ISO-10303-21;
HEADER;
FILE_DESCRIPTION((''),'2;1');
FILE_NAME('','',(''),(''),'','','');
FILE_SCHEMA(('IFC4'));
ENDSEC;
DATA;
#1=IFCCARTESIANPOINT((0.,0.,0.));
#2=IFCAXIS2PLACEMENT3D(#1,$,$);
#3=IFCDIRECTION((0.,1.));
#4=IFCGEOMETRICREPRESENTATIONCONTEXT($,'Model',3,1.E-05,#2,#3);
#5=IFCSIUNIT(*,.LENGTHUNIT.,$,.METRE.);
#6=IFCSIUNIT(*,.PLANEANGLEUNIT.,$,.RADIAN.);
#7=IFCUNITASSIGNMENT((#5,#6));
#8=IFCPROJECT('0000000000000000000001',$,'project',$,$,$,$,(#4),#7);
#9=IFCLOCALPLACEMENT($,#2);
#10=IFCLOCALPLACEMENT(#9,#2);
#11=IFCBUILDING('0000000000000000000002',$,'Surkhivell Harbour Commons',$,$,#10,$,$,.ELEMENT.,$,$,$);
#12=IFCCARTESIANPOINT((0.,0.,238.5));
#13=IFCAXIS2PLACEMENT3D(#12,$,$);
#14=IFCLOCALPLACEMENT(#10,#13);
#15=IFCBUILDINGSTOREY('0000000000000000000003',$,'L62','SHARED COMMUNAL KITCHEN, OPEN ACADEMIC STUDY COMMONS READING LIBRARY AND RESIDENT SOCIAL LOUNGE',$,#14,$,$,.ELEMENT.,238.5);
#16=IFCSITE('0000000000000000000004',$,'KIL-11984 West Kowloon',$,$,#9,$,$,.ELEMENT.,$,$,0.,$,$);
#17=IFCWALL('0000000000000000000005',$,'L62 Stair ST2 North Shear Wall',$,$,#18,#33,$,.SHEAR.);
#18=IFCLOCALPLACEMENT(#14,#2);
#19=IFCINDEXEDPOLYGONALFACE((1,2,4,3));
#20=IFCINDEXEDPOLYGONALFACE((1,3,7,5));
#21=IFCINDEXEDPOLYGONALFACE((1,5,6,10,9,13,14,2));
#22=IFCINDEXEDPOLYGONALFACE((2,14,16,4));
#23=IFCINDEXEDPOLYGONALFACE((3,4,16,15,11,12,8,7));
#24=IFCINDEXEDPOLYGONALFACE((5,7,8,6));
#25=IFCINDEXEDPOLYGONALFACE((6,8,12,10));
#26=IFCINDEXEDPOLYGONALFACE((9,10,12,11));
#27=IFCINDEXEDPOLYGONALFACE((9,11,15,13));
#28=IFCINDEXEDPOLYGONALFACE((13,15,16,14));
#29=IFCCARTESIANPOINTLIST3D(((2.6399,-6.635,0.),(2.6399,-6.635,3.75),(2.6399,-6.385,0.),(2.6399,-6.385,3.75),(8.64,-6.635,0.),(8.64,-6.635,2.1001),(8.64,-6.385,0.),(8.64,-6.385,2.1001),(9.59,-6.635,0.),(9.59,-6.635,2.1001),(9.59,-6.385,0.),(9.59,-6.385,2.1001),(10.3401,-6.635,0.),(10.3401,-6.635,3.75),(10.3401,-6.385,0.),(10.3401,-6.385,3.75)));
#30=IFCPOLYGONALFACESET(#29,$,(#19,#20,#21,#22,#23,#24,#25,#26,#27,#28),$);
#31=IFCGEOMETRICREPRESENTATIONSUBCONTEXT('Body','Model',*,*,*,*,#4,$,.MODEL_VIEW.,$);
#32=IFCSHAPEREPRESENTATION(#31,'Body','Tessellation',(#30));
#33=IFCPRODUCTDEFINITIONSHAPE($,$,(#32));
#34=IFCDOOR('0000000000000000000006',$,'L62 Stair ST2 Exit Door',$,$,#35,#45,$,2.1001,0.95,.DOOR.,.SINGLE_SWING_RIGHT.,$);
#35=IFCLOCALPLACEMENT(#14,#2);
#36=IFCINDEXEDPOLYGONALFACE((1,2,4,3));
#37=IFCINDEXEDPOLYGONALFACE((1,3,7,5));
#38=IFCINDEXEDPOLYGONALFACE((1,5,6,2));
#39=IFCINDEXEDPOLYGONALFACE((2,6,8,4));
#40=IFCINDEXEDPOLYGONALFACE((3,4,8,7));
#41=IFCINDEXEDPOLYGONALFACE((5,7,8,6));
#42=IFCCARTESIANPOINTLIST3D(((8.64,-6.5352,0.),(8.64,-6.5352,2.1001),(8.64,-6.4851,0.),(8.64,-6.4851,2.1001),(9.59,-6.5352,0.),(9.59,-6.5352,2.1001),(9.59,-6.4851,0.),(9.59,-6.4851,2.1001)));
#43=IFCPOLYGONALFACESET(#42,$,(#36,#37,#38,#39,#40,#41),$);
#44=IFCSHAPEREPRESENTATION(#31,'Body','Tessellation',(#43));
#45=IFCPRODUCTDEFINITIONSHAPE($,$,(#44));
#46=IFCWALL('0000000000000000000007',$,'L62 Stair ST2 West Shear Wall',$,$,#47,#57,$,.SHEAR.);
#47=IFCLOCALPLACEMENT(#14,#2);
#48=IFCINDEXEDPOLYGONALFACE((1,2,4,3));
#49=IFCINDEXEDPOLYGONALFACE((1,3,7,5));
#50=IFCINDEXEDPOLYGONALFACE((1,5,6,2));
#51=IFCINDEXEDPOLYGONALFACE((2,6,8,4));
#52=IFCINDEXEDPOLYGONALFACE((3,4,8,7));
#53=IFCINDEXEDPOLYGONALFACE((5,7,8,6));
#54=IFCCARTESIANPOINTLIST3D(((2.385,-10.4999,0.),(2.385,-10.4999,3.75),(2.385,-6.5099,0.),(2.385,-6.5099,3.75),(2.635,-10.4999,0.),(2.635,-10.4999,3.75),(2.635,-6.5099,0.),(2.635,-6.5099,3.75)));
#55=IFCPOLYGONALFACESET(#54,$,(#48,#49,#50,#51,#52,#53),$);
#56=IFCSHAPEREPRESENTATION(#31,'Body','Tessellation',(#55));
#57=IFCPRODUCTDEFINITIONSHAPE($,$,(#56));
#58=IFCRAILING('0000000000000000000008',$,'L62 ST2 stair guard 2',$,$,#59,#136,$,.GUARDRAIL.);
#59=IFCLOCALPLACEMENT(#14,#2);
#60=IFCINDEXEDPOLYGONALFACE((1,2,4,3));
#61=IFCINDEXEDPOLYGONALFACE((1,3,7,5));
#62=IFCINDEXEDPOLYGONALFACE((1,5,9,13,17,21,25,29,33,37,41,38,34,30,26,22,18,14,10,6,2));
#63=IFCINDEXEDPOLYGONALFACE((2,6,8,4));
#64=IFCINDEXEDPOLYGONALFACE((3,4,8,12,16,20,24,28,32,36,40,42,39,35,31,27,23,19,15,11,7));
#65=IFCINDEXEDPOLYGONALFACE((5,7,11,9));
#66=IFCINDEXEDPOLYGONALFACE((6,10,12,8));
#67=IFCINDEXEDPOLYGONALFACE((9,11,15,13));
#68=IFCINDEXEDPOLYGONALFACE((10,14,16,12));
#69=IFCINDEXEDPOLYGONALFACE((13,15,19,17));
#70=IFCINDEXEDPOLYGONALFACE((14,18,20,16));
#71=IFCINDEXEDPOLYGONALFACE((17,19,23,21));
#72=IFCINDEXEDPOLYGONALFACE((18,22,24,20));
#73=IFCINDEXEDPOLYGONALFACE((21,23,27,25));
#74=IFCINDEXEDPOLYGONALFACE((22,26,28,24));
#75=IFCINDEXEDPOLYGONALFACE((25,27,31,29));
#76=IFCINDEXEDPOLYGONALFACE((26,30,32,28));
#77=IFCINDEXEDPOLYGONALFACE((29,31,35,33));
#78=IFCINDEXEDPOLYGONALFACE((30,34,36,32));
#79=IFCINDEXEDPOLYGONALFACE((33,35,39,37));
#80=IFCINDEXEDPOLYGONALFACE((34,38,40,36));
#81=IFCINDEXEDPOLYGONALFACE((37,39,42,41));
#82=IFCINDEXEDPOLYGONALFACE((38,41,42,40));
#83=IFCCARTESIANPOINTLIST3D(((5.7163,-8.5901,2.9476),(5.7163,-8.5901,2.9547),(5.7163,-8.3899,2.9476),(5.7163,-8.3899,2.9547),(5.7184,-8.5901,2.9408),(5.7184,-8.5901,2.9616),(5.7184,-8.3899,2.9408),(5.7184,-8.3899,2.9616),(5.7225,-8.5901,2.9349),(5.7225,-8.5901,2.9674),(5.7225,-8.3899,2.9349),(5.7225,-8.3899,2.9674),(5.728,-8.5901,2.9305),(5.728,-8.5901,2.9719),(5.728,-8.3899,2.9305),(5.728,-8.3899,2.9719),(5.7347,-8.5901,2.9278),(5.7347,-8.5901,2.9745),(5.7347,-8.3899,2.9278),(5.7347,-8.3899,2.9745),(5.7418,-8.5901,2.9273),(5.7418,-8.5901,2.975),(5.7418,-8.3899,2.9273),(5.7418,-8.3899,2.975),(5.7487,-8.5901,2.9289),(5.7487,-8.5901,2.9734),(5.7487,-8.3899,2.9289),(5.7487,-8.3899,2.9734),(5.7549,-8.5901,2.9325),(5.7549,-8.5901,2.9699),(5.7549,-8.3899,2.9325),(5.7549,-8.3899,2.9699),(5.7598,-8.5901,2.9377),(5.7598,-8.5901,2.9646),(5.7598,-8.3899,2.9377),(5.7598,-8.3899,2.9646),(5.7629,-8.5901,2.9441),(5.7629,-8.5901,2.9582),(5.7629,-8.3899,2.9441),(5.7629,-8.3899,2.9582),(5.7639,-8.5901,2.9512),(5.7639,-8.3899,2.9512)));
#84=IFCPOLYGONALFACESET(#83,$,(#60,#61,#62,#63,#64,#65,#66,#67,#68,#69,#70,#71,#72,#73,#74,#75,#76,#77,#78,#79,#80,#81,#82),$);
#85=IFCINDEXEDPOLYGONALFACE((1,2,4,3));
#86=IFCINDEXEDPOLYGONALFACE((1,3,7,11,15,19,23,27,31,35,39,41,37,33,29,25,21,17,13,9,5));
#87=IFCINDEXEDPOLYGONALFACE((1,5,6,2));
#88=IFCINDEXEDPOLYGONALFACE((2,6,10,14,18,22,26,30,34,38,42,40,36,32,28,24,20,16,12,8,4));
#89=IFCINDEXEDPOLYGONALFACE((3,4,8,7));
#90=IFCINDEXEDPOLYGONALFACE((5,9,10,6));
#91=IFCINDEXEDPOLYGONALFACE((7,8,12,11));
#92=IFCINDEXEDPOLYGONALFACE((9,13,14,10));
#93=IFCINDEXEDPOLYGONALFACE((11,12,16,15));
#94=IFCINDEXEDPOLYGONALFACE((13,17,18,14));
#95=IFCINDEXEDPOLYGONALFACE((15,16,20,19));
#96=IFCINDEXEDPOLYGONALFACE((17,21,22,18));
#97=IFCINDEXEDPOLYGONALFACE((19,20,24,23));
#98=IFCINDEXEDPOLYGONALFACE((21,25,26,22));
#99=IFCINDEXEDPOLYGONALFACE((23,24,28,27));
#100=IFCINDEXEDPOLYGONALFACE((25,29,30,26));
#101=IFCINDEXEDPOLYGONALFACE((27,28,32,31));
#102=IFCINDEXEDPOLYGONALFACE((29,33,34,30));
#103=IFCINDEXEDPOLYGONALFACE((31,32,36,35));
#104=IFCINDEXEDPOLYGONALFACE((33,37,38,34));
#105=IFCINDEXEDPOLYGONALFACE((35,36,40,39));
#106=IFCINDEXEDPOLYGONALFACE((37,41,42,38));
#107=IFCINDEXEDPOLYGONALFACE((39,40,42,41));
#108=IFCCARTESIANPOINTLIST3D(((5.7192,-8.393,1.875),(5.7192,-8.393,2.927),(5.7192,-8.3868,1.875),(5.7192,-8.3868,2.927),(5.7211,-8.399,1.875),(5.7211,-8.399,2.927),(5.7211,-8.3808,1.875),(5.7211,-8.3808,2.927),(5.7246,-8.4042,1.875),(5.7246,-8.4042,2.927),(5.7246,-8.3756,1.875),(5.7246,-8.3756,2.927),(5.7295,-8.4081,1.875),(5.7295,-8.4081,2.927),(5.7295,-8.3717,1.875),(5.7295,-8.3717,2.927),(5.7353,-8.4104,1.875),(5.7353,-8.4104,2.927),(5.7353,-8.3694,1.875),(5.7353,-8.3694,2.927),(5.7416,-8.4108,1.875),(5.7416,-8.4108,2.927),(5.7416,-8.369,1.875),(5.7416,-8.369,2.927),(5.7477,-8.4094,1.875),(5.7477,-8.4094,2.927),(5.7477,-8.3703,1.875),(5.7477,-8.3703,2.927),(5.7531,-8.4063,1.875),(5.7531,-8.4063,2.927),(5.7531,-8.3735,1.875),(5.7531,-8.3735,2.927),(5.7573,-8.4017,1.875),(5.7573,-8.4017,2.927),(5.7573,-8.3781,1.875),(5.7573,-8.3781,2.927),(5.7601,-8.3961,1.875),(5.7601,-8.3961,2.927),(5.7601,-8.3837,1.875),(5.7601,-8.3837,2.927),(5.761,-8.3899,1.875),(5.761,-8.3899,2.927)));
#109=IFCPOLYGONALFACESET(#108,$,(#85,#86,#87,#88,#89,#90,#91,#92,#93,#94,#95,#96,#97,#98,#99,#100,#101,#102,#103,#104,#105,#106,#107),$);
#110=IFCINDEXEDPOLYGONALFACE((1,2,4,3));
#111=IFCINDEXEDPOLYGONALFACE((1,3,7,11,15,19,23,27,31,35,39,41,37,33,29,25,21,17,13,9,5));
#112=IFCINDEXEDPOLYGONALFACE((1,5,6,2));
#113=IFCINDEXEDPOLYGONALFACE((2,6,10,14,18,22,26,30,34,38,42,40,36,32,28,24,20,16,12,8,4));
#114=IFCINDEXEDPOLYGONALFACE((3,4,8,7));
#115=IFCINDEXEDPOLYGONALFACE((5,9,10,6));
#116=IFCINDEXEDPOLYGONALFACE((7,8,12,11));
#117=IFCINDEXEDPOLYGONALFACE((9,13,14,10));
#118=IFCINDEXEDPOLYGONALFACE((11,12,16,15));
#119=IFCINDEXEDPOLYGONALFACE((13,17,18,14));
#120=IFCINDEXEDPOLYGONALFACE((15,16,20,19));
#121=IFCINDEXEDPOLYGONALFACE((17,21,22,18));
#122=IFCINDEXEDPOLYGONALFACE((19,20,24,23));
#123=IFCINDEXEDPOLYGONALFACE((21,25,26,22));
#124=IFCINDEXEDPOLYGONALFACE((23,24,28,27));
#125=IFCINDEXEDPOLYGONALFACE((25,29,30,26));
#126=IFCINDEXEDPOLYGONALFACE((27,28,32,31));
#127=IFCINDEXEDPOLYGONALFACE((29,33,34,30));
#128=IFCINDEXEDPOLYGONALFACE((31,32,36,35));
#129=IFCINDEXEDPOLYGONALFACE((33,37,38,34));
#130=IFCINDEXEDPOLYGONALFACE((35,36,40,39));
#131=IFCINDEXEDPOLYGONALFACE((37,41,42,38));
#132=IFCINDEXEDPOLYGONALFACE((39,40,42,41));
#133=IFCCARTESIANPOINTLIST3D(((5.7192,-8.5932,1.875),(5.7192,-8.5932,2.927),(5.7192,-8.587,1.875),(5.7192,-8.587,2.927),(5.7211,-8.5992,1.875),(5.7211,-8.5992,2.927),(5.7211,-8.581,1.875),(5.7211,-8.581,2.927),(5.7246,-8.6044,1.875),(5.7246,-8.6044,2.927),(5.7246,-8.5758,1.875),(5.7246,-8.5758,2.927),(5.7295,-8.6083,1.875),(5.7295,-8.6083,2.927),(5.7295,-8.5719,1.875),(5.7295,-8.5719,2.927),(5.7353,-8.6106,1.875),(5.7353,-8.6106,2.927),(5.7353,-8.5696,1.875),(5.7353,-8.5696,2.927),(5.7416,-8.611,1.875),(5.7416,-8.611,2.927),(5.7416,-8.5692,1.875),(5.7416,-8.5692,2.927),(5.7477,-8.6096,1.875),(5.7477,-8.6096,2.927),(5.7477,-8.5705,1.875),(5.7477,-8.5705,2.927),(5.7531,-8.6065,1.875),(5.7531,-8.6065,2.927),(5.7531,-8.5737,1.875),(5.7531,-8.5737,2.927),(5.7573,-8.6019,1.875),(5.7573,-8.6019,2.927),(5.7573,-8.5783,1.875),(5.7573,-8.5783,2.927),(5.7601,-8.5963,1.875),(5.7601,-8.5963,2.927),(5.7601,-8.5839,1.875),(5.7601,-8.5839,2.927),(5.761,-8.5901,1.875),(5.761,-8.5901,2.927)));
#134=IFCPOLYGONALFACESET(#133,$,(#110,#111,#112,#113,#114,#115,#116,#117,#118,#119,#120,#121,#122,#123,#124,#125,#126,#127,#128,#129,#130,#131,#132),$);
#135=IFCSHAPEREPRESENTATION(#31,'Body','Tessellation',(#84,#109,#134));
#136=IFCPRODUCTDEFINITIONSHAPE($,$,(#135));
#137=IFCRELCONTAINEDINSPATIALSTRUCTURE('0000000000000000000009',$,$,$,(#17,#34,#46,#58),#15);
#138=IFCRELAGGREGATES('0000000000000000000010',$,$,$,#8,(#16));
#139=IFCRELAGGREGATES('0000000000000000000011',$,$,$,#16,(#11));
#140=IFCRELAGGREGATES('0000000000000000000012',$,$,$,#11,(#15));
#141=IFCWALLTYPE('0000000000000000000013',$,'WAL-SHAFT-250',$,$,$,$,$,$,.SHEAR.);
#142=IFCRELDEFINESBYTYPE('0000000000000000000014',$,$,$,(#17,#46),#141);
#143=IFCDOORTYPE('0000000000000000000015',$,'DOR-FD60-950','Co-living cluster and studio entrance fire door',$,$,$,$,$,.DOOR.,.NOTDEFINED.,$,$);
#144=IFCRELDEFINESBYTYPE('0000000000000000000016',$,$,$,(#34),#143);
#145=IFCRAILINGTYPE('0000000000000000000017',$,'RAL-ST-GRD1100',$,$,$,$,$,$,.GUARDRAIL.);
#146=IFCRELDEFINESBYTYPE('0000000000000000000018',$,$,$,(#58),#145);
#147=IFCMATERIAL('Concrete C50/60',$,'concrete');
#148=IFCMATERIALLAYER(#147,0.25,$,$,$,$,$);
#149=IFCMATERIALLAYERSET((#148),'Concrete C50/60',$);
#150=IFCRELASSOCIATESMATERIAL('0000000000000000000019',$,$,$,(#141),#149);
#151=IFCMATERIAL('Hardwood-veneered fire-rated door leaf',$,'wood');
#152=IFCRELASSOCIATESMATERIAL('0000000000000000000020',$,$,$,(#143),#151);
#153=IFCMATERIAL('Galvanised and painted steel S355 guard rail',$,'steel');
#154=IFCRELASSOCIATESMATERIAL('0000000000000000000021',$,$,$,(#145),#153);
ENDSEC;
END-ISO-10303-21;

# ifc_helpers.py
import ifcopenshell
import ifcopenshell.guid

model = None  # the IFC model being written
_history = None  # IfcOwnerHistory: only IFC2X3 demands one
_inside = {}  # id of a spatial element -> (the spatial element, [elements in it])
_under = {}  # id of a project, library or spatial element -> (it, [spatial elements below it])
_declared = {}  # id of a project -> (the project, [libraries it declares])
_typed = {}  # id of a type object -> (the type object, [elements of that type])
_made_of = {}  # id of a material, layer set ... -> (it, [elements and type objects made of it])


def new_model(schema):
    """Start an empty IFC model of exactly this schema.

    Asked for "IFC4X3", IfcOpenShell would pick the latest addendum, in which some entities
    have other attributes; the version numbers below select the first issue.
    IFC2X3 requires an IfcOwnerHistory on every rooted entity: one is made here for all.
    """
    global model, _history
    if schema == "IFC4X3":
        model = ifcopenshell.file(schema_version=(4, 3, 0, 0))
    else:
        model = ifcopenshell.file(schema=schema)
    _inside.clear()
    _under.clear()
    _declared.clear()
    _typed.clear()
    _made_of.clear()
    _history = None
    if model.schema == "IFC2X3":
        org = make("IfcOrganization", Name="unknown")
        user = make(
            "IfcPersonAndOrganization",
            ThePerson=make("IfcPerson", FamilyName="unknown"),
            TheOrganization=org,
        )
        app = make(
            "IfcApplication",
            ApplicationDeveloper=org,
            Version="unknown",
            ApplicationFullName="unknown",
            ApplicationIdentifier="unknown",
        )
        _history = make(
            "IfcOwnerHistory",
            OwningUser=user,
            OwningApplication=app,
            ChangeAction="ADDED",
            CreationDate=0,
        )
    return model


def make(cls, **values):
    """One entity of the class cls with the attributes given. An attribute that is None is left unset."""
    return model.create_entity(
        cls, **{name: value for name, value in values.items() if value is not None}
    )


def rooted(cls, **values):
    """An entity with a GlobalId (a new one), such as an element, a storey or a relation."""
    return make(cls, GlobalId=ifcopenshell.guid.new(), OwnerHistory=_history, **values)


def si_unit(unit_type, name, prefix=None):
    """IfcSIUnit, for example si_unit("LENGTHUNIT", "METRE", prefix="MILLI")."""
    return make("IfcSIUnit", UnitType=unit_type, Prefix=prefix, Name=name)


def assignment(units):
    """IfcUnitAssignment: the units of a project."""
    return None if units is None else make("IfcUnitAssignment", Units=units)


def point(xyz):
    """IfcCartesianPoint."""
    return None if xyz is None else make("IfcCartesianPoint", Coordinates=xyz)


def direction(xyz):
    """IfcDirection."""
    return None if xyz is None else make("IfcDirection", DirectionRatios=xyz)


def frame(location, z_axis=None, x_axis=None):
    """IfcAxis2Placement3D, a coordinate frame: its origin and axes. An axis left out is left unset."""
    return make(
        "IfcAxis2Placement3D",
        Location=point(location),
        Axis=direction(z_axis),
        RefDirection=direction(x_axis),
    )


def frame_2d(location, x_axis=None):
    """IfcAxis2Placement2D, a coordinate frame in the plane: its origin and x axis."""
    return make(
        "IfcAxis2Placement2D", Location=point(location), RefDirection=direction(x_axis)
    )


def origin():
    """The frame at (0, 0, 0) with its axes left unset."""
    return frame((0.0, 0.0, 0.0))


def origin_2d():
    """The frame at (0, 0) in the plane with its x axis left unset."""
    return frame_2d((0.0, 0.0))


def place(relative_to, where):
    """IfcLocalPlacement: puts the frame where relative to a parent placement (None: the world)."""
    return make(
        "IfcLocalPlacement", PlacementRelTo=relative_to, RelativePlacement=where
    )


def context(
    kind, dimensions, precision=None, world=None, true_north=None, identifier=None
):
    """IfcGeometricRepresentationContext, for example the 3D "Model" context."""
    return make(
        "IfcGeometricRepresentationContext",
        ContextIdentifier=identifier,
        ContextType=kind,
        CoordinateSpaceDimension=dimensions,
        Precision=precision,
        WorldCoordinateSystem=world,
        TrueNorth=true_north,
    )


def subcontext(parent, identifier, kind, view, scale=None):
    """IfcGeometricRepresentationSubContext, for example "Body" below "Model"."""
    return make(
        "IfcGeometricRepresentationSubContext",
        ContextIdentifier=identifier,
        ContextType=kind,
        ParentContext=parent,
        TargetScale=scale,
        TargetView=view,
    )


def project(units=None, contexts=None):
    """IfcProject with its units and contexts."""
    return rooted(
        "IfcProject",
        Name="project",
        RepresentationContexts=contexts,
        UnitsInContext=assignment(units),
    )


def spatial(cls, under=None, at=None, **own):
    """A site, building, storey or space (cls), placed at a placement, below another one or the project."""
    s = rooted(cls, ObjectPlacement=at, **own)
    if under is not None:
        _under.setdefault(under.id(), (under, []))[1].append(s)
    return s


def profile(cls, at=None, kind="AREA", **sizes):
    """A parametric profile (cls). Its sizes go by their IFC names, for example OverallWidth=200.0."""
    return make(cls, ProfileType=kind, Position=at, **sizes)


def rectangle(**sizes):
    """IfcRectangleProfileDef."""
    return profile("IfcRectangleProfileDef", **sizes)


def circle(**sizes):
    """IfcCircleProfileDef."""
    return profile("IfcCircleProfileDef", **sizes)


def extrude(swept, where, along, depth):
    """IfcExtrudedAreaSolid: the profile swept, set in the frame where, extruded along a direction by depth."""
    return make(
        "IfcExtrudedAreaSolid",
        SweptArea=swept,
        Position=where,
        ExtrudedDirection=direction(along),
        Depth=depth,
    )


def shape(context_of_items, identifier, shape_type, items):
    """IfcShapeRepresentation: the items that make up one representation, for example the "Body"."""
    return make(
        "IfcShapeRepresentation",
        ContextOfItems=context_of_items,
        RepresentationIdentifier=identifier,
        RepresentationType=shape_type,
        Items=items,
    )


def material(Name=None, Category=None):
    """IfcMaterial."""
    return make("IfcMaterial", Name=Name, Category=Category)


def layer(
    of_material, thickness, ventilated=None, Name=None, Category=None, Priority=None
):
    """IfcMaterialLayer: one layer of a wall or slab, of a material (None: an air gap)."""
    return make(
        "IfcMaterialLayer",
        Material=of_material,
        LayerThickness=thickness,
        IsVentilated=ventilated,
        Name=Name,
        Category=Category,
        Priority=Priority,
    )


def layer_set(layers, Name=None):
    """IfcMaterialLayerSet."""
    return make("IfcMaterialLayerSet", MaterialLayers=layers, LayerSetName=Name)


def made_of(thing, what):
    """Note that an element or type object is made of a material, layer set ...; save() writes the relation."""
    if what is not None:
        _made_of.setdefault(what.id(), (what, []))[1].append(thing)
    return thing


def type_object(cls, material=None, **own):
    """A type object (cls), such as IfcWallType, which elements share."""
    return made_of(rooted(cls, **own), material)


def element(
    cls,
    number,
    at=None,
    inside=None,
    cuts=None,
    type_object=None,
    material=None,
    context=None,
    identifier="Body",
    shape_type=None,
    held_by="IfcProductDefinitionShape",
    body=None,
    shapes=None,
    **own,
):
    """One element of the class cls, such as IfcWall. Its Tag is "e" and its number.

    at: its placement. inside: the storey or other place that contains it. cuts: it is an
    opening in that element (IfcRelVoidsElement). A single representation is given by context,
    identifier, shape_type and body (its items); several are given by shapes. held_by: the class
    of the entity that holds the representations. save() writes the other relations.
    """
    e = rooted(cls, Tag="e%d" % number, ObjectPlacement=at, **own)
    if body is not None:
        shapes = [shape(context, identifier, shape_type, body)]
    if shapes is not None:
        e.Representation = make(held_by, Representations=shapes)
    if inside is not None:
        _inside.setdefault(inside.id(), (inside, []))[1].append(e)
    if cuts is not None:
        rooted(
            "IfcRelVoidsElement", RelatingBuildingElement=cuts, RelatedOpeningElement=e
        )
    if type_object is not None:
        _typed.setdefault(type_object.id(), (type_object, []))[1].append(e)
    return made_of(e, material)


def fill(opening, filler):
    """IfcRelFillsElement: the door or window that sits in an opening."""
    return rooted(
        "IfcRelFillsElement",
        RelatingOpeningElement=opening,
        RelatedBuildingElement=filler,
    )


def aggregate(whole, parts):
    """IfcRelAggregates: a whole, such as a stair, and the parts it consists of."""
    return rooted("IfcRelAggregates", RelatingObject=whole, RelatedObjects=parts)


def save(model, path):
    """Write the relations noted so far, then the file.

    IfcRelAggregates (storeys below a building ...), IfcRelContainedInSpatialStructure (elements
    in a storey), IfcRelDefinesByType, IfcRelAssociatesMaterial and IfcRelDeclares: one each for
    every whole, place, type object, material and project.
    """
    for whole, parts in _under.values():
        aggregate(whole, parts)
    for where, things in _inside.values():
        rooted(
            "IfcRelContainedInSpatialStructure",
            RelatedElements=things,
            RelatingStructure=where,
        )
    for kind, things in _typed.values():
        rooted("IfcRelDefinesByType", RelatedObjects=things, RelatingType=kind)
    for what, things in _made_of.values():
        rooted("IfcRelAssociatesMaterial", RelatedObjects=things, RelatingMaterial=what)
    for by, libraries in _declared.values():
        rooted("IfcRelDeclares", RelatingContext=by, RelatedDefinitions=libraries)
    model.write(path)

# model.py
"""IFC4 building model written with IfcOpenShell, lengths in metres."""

from ifc_helpers import new_model, si_unit, direction, frame, frame_2d, origin, origin_2d, place, context, subcontext, project, spatial, rectangle, circle, extrude, material, layer, layer_set, type_object, element, fill, save


model = new_model("IFC4")

# Units and contexts
model_context = context("Model", 3, precision=1e-05, world=origin(), true_north=direction((0.0, 1.0)))
body_context = subcontext(model_context, "Body", "Model", "MODEL_VIEW")
ifc_project = project(units=[si_unit("LENGTHUNIT", "METRE"), si_unit("PLANEANGLEUNIT", "RADIAN")], contexts=[model_context])

# Site, building, storey
site_placement = place(None, origin())
site = spatial("IfcSite", under=ifc_project, at=site_placement, Name="KIL-11984 West Kowloon", CompositionType="ELEMENT", RefElevation=0.0)
building_placement = place(site_placement, origin())
building = spatial("IfcBuilding", under=site, at=building_placement, Name="Surkhivell Harbour Commons", CompositionType="ELEMENT")
storey_placement = place(building_placement, frame((0.0, 0.0, 238.5)))
storey = spatial("IfcBuildingStorey", under=building, at=storey_placement, Name="L62", Description="SHARED COMMUNAL KITCHEN, OPEN ACADEMIC STUDY COMMONS READING LIBRARY AND RESIDENT SOCIAL LOUNGE", CompositionType="ELEMENT", Elevation=238.5)

# Shared definitions
ifc_material_1 = material(Name="Concrete C50/60", Category="concrete")

# Shared definitions
ifc_layer_1 = layer(ifc_material_1, 0.25)
ifc_layer_set_1 = layer_set([ifc_layer_1], Name="Concrete C50/60")
wall_type_1 = type_object("IfcWallType", Name="WAL-SHAFT-250", PredefinedType="SHEAR", material=ifc_layer_set_1)

# Wall, opening, door
wall_1_placement = place(storey_placement, frame((2.6399, -6.51, 0.0), z_axis=(0.0, 0.0, 1.0), x_axis=(1.0, 0.0, 0.0)))
wall_1 = element("IfcWall", 1, at=wall_1_placement, inside=storey, type_object=wall_type_1, Name="L62 Stair ST2 North Shear Wall", PredefinedType="SHEAR", context=body_context, shape_type="SweptSolid", body=[
    extrude(rectangle(XDim=7.7002, YDim=0.25, at=frame_2d((3.8501, 0.0))), origin(), (0.0, 0.0, 1.0), 3.75),
])
opening_1_placement = place(wall_1_placement, frame((6.0, 0.0, 0.0)))
opening_1 = element("IfcOpeningElement", 2, at=opening_1_placement, cuts=wall_1, PredefinedType="OPENING", context=body_context, shape_type="SweptSolid", body=[
    extrude(rectangle(XDim=0.95, YDim=2.1001, at=frame_2d((0.4751, 1.05))), frame((0.0, 0.135, 0.0), z_axis=(0.0, -1.0, 0.0), x_axis=(1.0, 0.0, 0.0)), (0.0, 0.0, 1.0), 0.27),
])
ifc_material_2 = material(Name="Hardwood-veneered fire-rated door leaf", Category="wood")
door_type_1 = type_object("IfcDoorType", Name="DOR-FD60-950", Description="Co-living cluster and studio entrance fire door", OperationType="NOTDEFINED", PredefinedType="DOOR", material=ifc_material_2)
door_1_placement = place(opening_1_placement, origin())
door_1 = element("IfcDoor", 3, at=door_1_placement, inside=storey, type_object=door_type_1, Name="L62 Stair ST2 Exit Door", OperationType="SINGLE_SWING_RIGHT", OverallHeight=2.1001, OverallWidth=0.95, PredefinedType="DOOR", context=body_context, shape_type="SweptSolid", body=[
    extrude(rectangle(XDim=0.95, YDim=2.1001, at=frame_2d((0.4751, 1.05))), frame((0.0, 0.0249, 0.0), z_axis=(0.0, -1.0, 0.0), x_axis=(1.0, 0.0, 0.0)), (0.0, 0.0, 1.0), 0.05),
])
fill(opening_1, door_1)

# Wall
wall_2_placement = place(storey_placement, frame((2.51, -10.5, 0.0), z_axis=(0.0, 0.0, 1.0), x_axis=(0.0, 1.0, 0.0)))
element("IfcWall", 4, at=wall_2_placement, inside=storey, type_object=wall_type_1, Name="L62 Stair ST2 West Shear Wall", PredefinedType="SHEAR", context=body_context, shape_type="SweptSolid", body=[
    extrude(rectangle(XDim=3.99, YDim=0.25, at=frame_2d((1.9951, 0.0))), origin(), (0.0, 0.0, 1.0), 3.75),
])

# Railing
ifc_material_3 = material(Name="Galvanised and painted steel S355 guard rail", Category="steel")
railing_type = type_object("IfcRailingType", Name="RAL-ST-GRD1100", PredefinedType="GUARDRAIL", material=ifc_material_3)
railing_placement = place(storey_placement, frame((5.74, -8.3899, 1.875)))
element("IfcRailing", 5, at=railing_placement, inside=storey, type_object=railing_type, Name="L62 ST2 stair guard 2", PredefinedType="GUARDRAIL", context=body_context, shape_type="SweptSolid", body=[
    extrude(circle(Radius=0.0239, at=origin_2d()), frame((0.0, 0.0, 1.0762), z_axis=(0.0, -1.0, 0.0), x_axis=(1.0, 0.0, 0.0)), (0.0, 0.0, 1.0), 0.2002),
    extrude(circle(Radius=0.021, at=origin_2d()), origin(), (0.0, 0.0, 1.0), 1.052),
    extrude(circle(Radius=0.021, at=origin_2d()), frame((0.0, -0.2002, 0.0)), (0.0, 0.0, 1.0), 1.052),
])

save(model, "model.ifc")
